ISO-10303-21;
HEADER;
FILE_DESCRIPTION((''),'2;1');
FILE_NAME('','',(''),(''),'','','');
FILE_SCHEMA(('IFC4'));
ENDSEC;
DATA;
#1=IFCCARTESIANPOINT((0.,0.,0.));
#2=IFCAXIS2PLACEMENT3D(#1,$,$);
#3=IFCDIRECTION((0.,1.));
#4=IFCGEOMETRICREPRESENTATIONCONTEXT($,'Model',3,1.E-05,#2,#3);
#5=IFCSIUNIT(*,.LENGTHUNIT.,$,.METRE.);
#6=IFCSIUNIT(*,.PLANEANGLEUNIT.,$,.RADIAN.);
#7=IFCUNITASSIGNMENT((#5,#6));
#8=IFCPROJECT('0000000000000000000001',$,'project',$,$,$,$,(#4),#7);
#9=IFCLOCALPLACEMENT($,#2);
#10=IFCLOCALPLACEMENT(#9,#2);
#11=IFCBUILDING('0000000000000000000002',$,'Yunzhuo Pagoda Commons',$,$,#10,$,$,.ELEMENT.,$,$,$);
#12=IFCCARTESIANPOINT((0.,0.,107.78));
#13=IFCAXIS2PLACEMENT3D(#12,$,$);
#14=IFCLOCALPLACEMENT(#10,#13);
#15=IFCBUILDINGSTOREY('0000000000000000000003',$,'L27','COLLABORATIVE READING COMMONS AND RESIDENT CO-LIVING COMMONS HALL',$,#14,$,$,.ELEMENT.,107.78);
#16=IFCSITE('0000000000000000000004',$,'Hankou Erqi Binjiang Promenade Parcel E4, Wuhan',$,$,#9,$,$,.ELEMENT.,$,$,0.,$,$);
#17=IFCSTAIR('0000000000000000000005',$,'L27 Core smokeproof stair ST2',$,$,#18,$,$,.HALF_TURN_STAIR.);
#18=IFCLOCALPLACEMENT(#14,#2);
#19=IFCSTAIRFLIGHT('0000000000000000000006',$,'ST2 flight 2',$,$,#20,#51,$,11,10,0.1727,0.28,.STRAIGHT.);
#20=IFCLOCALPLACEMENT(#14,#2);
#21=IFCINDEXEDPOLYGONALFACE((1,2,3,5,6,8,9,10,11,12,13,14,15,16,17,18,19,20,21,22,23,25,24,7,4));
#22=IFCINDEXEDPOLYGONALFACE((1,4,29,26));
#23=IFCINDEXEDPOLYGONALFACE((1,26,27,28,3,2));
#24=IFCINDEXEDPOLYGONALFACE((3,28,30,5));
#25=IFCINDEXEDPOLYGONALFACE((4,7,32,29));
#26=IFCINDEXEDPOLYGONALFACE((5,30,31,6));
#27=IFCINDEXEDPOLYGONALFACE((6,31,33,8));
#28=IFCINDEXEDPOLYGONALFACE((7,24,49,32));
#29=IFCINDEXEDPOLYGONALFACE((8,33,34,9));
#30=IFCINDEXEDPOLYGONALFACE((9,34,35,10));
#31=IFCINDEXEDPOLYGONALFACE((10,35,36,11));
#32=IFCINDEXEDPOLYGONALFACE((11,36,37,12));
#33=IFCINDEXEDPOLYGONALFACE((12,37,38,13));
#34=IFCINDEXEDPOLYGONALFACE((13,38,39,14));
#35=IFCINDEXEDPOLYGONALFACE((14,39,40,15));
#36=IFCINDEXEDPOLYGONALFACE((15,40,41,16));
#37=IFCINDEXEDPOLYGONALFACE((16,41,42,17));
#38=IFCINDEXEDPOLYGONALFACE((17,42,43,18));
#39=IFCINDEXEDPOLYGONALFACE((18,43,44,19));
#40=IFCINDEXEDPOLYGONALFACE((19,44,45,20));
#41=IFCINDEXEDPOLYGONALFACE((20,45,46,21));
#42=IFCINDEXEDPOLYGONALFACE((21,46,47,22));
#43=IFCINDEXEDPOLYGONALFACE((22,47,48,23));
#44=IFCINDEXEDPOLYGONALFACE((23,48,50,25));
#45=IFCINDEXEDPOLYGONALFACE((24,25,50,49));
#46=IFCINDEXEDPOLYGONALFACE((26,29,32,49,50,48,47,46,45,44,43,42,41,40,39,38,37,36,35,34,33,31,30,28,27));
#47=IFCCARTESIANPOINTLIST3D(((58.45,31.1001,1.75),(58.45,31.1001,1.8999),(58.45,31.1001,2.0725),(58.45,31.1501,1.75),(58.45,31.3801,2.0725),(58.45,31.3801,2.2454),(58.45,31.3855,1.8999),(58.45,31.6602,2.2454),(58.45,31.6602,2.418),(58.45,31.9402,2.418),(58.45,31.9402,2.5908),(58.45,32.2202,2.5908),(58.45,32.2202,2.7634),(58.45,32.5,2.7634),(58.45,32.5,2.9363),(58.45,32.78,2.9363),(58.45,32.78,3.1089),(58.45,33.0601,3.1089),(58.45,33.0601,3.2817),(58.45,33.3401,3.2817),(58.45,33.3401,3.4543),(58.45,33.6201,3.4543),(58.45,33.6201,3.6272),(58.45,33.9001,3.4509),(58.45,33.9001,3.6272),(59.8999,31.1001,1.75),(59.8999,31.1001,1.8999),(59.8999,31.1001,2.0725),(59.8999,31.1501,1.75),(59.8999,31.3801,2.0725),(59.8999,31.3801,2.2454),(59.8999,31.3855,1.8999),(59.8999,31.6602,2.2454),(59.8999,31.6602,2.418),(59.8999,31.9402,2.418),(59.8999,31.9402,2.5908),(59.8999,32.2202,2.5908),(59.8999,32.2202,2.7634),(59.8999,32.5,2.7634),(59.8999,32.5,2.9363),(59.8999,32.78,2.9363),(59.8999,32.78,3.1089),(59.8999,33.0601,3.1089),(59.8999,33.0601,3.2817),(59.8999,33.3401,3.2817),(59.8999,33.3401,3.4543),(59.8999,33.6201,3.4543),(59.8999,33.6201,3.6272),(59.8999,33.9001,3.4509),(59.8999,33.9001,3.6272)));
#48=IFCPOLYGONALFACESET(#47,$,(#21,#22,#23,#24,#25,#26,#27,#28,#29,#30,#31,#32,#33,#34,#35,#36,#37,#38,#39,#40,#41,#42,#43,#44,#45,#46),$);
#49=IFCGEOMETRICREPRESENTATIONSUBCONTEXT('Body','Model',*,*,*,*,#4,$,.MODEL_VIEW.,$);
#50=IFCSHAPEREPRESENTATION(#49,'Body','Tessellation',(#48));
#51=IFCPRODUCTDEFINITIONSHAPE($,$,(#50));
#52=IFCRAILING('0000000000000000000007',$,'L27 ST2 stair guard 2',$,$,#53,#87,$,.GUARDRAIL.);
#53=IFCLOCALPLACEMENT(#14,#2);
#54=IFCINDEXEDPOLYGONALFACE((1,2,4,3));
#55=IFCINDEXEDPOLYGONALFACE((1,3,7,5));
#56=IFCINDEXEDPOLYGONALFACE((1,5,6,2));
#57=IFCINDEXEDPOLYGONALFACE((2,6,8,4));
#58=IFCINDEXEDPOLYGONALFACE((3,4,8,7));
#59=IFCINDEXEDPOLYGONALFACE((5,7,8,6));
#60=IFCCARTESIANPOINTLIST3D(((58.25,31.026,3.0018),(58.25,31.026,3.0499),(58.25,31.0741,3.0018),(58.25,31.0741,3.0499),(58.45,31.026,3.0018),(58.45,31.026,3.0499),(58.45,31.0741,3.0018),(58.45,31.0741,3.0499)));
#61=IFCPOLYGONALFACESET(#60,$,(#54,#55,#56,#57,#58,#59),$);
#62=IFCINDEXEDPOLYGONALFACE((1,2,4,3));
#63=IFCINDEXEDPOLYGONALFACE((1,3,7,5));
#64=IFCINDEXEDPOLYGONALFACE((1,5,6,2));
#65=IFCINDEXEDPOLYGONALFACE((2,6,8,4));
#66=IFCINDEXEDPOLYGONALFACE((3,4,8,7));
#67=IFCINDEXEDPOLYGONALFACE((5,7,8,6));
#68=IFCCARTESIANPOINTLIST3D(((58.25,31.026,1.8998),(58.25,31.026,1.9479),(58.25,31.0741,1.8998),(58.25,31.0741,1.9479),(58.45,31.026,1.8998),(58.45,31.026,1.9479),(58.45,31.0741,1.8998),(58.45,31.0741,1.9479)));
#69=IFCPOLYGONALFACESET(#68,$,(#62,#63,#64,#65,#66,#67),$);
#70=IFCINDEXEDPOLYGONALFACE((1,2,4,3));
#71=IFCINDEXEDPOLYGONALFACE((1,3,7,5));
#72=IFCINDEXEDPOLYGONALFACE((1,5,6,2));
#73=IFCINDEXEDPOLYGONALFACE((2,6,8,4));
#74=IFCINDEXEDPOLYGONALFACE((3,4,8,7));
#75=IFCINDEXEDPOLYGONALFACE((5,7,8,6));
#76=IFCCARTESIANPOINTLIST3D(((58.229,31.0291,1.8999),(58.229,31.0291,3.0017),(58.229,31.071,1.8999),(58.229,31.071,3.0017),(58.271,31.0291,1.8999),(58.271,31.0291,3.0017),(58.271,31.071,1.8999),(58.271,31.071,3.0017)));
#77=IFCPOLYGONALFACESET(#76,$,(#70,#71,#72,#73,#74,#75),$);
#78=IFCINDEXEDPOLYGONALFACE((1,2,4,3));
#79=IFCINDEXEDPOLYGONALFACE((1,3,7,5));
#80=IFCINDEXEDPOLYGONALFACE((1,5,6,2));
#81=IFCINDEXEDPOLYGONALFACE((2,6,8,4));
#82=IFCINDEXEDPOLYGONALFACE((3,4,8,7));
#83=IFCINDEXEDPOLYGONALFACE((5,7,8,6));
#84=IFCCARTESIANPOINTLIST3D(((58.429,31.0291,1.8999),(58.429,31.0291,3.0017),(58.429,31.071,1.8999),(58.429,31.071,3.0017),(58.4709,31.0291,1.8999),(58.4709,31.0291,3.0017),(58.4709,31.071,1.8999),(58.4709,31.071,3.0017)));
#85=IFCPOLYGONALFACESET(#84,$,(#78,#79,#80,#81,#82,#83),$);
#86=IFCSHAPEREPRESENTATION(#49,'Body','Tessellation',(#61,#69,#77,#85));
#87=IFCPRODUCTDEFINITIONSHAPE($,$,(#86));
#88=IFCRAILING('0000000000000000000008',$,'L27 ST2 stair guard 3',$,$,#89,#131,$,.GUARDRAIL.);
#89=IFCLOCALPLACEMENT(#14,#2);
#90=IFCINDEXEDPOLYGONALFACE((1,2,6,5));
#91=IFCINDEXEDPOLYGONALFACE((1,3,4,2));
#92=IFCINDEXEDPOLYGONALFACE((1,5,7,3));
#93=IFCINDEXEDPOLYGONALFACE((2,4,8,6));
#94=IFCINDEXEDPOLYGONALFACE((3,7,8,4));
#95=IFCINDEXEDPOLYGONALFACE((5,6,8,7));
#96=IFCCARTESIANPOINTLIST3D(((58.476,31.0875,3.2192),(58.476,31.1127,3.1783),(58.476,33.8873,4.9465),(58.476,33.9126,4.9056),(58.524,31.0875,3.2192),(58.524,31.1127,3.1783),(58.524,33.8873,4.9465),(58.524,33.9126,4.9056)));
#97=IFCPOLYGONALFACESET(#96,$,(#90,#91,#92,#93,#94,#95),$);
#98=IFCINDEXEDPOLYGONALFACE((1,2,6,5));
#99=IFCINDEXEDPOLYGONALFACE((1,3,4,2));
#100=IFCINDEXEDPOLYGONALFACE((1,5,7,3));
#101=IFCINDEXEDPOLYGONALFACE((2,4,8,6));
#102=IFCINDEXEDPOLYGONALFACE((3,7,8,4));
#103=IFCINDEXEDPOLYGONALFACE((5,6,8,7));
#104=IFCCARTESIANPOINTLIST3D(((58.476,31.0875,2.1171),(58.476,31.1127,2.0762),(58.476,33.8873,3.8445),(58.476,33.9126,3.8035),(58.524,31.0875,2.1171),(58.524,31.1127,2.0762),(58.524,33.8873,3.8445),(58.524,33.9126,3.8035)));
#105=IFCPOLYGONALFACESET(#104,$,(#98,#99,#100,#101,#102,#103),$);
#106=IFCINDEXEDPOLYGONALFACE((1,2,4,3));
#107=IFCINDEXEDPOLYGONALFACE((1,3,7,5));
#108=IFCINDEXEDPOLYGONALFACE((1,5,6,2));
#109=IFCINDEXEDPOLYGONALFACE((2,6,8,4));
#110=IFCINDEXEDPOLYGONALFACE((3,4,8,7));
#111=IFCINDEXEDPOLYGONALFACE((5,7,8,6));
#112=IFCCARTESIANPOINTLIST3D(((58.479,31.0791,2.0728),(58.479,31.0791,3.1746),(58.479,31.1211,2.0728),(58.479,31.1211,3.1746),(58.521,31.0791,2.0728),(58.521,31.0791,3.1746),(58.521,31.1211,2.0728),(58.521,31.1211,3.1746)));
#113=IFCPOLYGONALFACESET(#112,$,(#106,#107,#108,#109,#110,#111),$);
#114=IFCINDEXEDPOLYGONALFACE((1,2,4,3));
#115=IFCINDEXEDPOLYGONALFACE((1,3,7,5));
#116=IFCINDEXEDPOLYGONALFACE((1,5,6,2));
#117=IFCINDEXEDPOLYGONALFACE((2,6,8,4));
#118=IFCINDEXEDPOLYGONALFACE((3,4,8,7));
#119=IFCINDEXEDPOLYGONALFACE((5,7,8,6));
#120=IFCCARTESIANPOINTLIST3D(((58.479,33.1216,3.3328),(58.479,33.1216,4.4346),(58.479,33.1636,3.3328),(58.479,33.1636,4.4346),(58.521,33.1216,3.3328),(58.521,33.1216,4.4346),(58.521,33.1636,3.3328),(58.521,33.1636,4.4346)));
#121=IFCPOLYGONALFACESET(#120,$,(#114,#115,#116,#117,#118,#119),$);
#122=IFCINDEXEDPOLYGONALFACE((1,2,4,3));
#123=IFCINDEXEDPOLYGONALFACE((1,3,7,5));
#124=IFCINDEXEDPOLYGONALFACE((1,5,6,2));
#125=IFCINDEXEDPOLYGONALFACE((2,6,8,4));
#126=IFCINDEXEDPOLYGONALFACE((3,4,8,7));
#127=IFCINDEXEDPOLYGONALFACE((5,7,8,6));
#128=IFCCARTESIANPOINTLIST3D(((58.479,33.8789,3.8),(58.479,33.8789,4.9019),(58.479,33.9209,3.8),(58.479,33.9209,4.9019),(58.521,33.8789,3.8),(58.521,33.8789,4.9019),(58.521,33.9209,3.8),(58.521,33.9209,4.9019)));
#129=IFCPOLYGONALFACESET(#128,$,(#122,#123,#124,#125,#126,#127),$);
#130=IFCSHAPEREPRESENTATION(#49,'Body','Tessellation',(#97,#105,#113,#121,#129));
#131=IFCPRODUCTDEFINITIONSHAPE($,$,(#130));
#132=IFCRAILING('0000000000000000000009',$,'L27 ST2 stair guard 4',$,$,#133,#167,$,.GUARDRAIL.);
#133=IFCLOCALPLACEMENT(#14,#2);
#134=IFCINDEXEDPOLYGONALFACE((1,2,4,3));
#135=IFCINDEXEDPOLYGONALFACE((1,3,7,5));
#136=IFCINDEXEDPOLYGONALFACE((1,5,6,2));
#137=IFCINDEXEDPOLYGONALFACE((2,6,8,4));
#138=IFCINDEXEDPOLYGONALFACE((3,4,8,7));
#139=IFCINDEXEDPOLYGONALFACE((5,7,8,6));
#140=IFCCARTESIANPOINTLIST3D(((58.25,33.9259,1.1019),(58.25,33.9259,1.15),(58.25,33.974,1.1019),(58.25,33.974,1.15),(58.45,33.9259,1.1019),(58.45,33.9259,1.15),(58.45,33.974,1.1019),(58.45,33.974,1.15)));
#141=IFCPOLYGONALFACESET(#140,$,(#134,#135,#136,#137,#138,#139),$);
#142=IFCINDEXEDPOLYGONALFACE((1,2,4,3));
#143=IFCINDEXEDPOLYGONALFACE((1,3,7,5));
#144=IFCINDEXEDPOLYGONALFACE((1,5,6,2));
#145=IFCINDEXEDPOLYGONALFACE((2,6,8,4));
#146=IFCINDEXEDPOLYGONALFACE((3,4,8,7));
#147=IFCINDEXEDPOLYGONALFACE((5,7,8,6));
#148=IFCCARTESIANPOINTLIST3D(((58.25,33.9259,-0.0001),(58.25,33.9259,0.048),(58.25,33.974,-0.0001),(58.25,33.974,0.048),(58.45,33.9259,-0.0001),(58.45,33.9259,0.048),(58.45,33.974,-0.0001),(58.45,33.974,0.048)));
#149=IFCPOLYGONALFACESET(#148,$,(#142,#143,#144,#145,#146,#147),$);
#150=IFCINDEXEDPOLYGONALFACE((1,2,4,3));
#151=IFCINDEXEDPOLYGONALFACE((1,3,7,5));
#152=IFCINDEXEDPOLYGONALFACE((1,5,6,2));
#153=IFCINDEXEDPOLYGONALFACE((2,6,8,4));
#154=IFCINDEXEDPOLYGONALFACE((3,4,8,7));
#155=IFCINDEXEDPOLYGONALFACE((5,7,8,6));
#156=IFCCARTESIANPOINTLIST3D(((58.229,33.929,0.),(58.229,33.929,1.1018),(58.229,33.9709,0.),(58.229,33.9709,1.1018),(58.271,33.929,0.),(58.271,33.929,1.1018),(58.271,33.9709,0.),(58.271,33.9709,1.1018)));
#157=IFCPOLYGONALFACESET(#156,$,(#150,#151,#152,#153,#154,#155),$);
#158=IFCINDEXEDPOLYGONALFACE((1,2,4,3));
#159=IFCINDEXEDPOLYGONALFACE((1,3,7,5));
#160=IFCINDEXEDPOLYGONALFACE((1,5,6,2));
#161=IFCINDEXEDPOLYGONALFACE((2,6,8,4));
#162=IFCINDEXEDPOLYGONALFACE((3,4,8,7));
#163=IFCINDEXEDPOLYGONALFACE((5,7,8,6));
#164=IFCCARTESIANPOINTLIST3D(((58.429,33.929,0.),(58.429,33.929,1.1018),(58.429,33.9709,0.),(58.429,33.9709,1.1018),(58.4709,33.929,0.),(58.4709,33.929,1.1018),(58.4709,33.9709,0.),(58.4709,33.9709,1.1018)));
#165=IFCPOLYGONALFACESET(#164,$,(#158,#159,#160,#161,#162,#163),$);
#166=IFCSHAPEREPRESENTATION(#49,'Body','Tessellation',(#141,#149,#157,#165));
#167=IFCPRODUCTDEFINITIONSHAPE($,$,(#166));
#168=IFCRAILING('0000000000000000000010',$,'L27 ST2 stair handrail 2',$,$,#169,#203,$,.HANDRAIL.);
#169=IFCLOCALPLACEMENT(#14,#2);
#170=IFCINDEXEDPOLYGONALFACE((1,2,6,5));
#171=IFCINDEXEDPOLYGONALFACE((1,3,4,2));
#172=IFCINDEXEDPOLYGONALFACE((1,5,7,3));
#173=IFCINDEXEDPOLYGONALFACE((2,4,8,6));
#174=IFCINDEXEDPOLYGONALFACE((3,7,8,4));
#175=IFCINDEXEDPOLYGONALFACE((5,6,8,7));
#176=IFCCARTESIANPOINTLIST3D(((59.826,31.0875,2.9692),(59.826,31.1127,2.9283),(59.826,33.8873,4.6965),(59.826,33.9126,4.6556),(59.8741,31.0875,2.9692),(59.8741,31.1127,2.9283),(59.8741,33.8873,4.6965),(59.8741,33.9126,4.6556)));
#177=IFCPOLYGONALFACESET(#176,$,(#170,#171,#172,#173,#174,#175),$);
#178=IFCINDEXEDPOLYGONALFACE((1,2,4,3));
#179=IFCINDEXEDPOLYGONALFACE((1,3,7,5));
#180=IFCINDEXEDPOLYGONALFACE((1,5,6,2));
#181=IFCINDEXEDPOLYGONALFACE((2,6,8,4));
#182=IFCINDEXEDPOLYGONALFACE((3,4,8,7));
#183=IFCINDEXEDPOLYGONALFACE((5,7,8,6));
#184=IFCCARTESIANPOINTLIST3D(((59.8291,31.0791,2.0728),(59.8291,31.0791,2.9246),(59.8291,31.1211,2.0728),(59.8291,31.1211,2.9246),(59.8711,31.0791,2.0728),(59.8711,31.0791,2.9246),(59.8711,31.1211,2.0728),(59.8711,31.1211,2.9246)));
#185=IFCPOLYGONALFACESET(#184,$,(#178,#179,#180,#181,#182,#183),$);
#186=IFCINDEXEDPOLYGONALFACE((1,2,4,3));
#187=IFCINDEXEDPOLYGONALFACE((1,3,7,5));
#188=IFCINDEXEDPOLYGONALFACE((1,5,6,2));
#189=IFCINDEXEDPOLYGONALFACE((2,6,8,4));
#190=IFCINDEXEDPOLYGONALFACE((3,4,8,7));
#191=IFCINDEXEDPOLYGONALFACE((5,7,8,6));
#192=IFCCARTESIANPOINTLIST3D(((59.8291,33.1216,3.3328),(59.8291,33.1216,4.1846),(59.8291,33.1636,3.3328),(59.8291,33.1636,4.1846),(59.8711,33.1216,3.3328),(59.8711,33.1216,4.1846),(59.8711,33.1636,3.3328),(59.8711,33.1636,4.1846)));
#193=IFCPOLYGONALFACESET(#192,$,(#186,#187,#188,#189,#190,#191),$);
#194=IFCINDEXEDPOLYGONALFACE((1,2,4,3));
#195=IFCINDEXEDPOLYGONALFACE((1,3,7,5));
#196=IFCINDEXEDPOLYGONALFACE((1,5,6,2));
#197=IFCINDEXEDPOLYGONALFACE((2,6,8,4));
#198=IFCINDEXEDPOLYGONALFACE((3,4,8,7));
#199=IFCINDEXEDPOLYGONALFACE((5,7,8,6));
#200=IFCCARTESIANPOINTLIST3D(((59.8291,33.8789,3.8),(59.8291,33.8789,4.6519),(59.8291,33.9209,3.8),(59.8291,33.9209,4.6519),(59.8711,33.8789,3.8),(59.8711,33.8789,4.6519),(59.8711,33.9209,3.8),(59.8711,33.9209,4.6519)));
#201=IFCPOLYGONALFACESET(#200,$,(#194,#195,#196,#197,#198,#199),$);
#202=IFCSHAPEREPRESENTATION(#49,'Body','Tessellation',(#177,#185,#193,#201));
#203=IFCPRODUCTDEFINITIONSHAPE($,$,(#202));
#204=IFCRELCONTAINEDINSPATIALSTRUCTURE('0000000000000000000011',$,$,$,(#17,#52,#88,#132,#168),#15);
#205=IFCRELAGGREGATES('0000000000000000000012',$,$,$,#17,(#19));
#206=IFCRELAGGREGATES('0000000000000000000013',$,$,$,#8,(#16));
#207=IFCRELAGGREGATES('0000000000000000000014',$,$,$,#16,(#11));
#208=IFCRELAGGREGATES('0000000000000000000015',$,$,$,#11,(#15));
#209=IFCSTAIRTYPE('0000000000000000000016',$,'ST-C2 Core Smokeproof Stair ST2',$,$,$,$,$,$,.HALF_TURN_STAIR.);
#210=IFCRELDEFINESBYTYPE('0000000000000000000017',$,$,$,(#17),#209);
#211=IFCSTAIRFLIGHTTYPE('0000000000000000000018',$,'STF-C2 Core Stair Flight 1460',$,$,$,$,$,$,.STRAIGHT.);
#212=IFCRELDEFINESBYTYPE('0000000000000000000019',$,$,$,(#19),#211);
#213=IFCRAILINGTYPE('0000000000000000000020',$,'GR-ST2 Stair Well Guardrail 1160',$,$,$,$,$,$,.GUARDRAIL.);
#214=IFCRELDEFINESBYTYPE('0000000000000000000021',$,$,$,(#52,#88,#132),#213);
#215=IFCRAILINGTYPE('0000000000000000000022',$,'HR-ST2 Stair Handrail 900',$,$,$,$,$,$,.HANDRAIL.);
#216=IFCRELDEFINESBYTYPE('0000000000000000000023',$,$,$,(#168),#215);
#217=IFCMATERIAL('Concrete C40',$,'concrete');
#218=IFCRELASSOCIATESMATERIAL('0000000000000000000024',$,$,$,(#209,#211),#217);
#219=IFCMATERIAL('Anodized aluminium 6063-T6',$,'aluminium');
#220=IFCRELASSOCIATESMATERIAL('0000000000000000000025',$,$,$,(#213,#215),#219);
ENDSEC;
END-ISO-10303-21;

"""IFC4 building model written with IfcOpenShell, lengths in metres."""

from ifc_helpers import new_model, si_unit, direction, frame, origin, origin_2d, place, context, subcontext, project, spatial, polyline, rectangle, outline, extrude, source, transform, mapped, material, type_object, element, aggregate, save


model = new_model("IFC4")

# Units and contexts
model_context = context("Model", 3, precision=1e-05, world=origin(), true_north=direction((0.0, 1.0)))
body_context = subcontext(model_context, "Body", "Model", "MODEL_VIEW")
ifc_project = project(units=[si_unit("LENGTHUNIT", "METRE"), si_unit("PLANEANGLEUNIT", "RADIAN")], contexts=[model_context])

# Site, building, storey
site_placement = place(None, origin())
site = spatial("IfcSite", under=ifc_project, at=site_placement, Name="Hankou Erqi Binjiang Promenade Parcel E4, Wuhan", CompositionType="ELEMENT", RefElevation=0.0)
building_placement = place(site_placement, origin())
building = spatial("IfcBuilding", under=site, at=building_placement, Name="Yunzhuo Pagoda Commons", CompositionType="ELEMENT")
storey_placement = place(building_placement, frame((0.0, 0.0, 107.78)))
storey = spatial("IfcBuildingStorey", under=building, at=storey_placement, Name="L27", Description="COLLABORATIVE READING COMMONS AND RESIDENT CO-LIVING COMMONS HALL", CompositionType="ELEMENT", Elevation=107.78)

# Shared definitions
ifc_material_1 = material(Name="Anodized aluminium 6063-T6", Category="aluminium")

# Stair, stair flight
ifc_material_2 = material(Name="Concrete C40", Category="concrete")
stair_type = type_object("IfcStairType", Name="ST-C2 Core Smokeproof Stair ST2", PredefinedType="HALF_TURN_STAIR", material=ifc_material_2)
stair_placement = place(storey_placement, origin())
stair = element("IfcStair", 1, at=stair_placement, inside=storey, type_object=stair_type, Name="L27 Core smokeproof stair ST2", PredefinedType="HALF_TURN_STAIR")
stair_flight_type = type_object("IfcStairFlightType", Name="STF-C2 Core Stair Flight 1460", PredefinedType="STRAIGHT", material=ifc_material_2)
shared_shape_1 = source(origin(), body_context, "Body", "SweptSolid", [
    extrude(outline(polyline([(0.0, -0.1499), (0.0, 0.0), (0.0, 0.1726), (0.28, 0.1726), (0.28, 0.3455), (0.5601, 0.3455), (0.5601, 0.5181), (0.8401, 0.5181), (0.8401, 0.6909), (1.1201, 0.6909), (1.1201, 0.8635), (1.3999, 0.8635), (1.3999, 1.0364), (1.6799, 1.0364), (1.6799, 1.209), (1.96, 1.209), (1.96, 1.3818), (2.24, 1.3818), (2.24, 1.5544), (2.52, 1.5544), (2.52, 1.7273), (2.8, 1.7273), (2.8, 1.8999), (2.8, 1.551), (0.2854, 0.0), (0.05, -0.1499), (0.0, -0.1499)])), frame((0.0, 0.7251, 0.0), z_axis=(0.0, -1.0, 0.0), x_axis=(1.0, 0.0, 0.0)), (0.0, 0.0, 1.0), 1.45),
])
stair_flight_placement = place(storey_placement, frame((59.175, 31.1001, 1.8999), z_axis=(0.0, 0.0, 1.0), x_axis=(0.0, 1.0, 0.0)))
stair_flight = element("IfcStairFlight", 2, at=stair_flight_placement, type_object=stair_flight_type, Name="ST2 flight 2", NumberOfRisers=11, NumberOfTreads=10, PredefinedType="STRAIGHT", RiserHeight=0.1727, TreadLength=0.28, context=body_context, shape_type="MappedRepresentation", body=[
    mapped(shared_shape_1, transform((0.0, 0.0, 0.0), scale=1.0)),
])
aggregate(stair, [stair_flight])

# Railings
railing_type_1 = type_object("IfcRailingType", Name="GR-ST2 Stair Well Guardrail 1160", PredefinedType="GUARDRAIL", material=ifc_material_1)
railing_1_placement = place(storey_placement, frame((58.25, 31.05, 1.8999)))
element("IfcRailing", 3, at=railing_1_placement, inside=storey, type_object=railing_type_1, Name="L27 ST2 stair guard 2", PredefinedType="GUARDRAIL", context=body_context, shape_type="SweptSolid", body=[
    extrude(rectangle(XDim=0.0481, YDim=0.0481, at=origin_2d()), frame((0.0, 0.0, 1.126), z_axis=(1.0, 0.0, 0.0), x_axis=(0.0, 1.0, 0.0)), (0.0, 0.0, 1.0), 0.2),
    extrude(rectangle(XDim=0.0481, YDim=0.0481, at=origin_2d()), frame((0.0, 0.0, 0.0239), z_axis=(1.0, 0.0, 0.0), x_axis=(0.0, 1.0, 0.0)), (0.0, 0.0, 1.0), 0.2),
    extrude(rectangle(XDim=0.042, YDim=0.042, at=origin_2d()), origin(), (0.0, 0.0, 1.0), 1.1018),
    extrude(rectangle(XDim=0.042, YDim=0.042, at=origin_2d()), frame((0.2, 0.0, 0.0)), (0.0, 0.0, 1.0), 1.1018),
])
railing_2_placement = place(storey_placement, frame((58.5, 31.1001, 2.0728)))
element("IfcRailing", 4, at=railing_2_placement, inside=storey, type_object=railing_type_1, Name="L27 ST2 stair guard 3", PredefinedType="GUARDRAIL", context=body_context, shape_type="SweptSolid", body=[
    extrude(rectangle(XDim=0.0481, YDim=0.0481, at=origin_2d()), frame((0.0, 0.0, 1.126), z_axis=(0.0, 0.851069, 0.525054), x_axis=(-1.0, 0.0, 0.0)), (0.0, 0.0, 1.0), 3.2898),
    extrude(rectangle(XDim=0.0481, YDim=0.0481, at=origin_2d()), frame((0.0, 0.0, 0.0239), z_axis=(0.0, 0.851069, 0.525054), x_axis=(-1.0, 0.0, 0.0)), (0.0, 0.0, 1.0), 3.2898),
    extrude(rectangle(XDim=0.042, YDim=0.042, at=origin_2d()), origin(), (0.0, 0.0, 1.0), 1.1018),
    extrude(rectangle(XDim=0.042, YDim=0.042, at=origin_2d()), frame((0.0, 2.0425, 1.26)), (0.0, 0.0, 1.0), 1.1018),
    extrude(rectangle(XDim=0.042, YDim=0.042, at=origin_2d()), frame((0.0, 2.7998, 1.7273)), (0.0, 0.0, 1.0), 1.1018),
])
railing_3_placement = place(storey_placement, frame((58.25, 33.95, 0.0)))
element("IfcRailing", 5, at=railing_3_placement, inside=storey, type_object=railing_type_1, Name="L27 ST2 stair guard 4", PredefinedType="GUARDRAIL", context=body_context, shape_type="SweptSolid", body=[
    extrude(rectangle(XDim=0.0481, YDim=0.0481, at=origin_2d()), frame((0.0, 0.0, 1.126), z_axis=(1.0, 0.0, 0.0), x_axis=(0.0, 1.0, 0.0)), (0.0, 0.0, 1.0), 0.2),
    extrude(rectangle(XDim=0.0481, YDim=0.0481, at=origin_2d()), frame((0.0, 0.0, 0.0239), z_axis=(1.0, 0.0, 0.0), x_axis=(0.0, 1.0, 0.0)), (0.0, 0.0, 1.0), 0.2),
    extrude(rectangle(XDim=0.042, YDim=0.042, at=origin_2d()), origin(), (0.0, 0.0, 1.0), 1.1018),
    extrude(rectangle(XDim=0.042, YDim=0.042, at=origin_2d()), frame((0.2, 0.0, 0.0)), (0.0, 0.0, 1.0), 1.1018),
])
railing_type_2 = type_object("IfcRailingType", Name="HR-ST2 Stair Handrail 900", PredefinedType="HANDRAIL", material=ifc_material_1)
railing_4_placement = place(storey_placement, frame((59.8501, 31.1001, 2.0728)))
element("IfcRailing", 6, at=railing_4_placement, inside=storey, type_object=railing_type_2, Name="L27 ST2 stair handrail 2", PredefinedType="HANDRAIL", context=body_context, shape_type="SweptSolid", body=[
    extrude(rectangle(XDim=0.0481, YDim=0.0481, at=origin_2d()), frame((0.0, 0.0, 0.876), z_axis=(0.0, 0.851069, 0.525054), x_axis=(-1.0, 0.0, 0.0)), (0.0, 0.0, 1.0), 3.2898),
    extrude(rectangle(XDim=0.042, YDim=0.042, at=origin_2d()), origin(), (0.0, 0.0, 1.0), 0.8518),
    extrude(rectangle(XDim=0.042, YDim=0.042, at=origin_2d()), frame((0.0, 2.0425, 1.26)), (0.0, 0.0, 1.0), 0.8518),
    extrude(rectangle(XDim=0.042, YDim=0.042, at=origin_2d()), frame((0.0, 2.7998, 1.7273)), (0.0, 0.0, 1.0), 0.8518),
])

save(model, "model.ifc")
